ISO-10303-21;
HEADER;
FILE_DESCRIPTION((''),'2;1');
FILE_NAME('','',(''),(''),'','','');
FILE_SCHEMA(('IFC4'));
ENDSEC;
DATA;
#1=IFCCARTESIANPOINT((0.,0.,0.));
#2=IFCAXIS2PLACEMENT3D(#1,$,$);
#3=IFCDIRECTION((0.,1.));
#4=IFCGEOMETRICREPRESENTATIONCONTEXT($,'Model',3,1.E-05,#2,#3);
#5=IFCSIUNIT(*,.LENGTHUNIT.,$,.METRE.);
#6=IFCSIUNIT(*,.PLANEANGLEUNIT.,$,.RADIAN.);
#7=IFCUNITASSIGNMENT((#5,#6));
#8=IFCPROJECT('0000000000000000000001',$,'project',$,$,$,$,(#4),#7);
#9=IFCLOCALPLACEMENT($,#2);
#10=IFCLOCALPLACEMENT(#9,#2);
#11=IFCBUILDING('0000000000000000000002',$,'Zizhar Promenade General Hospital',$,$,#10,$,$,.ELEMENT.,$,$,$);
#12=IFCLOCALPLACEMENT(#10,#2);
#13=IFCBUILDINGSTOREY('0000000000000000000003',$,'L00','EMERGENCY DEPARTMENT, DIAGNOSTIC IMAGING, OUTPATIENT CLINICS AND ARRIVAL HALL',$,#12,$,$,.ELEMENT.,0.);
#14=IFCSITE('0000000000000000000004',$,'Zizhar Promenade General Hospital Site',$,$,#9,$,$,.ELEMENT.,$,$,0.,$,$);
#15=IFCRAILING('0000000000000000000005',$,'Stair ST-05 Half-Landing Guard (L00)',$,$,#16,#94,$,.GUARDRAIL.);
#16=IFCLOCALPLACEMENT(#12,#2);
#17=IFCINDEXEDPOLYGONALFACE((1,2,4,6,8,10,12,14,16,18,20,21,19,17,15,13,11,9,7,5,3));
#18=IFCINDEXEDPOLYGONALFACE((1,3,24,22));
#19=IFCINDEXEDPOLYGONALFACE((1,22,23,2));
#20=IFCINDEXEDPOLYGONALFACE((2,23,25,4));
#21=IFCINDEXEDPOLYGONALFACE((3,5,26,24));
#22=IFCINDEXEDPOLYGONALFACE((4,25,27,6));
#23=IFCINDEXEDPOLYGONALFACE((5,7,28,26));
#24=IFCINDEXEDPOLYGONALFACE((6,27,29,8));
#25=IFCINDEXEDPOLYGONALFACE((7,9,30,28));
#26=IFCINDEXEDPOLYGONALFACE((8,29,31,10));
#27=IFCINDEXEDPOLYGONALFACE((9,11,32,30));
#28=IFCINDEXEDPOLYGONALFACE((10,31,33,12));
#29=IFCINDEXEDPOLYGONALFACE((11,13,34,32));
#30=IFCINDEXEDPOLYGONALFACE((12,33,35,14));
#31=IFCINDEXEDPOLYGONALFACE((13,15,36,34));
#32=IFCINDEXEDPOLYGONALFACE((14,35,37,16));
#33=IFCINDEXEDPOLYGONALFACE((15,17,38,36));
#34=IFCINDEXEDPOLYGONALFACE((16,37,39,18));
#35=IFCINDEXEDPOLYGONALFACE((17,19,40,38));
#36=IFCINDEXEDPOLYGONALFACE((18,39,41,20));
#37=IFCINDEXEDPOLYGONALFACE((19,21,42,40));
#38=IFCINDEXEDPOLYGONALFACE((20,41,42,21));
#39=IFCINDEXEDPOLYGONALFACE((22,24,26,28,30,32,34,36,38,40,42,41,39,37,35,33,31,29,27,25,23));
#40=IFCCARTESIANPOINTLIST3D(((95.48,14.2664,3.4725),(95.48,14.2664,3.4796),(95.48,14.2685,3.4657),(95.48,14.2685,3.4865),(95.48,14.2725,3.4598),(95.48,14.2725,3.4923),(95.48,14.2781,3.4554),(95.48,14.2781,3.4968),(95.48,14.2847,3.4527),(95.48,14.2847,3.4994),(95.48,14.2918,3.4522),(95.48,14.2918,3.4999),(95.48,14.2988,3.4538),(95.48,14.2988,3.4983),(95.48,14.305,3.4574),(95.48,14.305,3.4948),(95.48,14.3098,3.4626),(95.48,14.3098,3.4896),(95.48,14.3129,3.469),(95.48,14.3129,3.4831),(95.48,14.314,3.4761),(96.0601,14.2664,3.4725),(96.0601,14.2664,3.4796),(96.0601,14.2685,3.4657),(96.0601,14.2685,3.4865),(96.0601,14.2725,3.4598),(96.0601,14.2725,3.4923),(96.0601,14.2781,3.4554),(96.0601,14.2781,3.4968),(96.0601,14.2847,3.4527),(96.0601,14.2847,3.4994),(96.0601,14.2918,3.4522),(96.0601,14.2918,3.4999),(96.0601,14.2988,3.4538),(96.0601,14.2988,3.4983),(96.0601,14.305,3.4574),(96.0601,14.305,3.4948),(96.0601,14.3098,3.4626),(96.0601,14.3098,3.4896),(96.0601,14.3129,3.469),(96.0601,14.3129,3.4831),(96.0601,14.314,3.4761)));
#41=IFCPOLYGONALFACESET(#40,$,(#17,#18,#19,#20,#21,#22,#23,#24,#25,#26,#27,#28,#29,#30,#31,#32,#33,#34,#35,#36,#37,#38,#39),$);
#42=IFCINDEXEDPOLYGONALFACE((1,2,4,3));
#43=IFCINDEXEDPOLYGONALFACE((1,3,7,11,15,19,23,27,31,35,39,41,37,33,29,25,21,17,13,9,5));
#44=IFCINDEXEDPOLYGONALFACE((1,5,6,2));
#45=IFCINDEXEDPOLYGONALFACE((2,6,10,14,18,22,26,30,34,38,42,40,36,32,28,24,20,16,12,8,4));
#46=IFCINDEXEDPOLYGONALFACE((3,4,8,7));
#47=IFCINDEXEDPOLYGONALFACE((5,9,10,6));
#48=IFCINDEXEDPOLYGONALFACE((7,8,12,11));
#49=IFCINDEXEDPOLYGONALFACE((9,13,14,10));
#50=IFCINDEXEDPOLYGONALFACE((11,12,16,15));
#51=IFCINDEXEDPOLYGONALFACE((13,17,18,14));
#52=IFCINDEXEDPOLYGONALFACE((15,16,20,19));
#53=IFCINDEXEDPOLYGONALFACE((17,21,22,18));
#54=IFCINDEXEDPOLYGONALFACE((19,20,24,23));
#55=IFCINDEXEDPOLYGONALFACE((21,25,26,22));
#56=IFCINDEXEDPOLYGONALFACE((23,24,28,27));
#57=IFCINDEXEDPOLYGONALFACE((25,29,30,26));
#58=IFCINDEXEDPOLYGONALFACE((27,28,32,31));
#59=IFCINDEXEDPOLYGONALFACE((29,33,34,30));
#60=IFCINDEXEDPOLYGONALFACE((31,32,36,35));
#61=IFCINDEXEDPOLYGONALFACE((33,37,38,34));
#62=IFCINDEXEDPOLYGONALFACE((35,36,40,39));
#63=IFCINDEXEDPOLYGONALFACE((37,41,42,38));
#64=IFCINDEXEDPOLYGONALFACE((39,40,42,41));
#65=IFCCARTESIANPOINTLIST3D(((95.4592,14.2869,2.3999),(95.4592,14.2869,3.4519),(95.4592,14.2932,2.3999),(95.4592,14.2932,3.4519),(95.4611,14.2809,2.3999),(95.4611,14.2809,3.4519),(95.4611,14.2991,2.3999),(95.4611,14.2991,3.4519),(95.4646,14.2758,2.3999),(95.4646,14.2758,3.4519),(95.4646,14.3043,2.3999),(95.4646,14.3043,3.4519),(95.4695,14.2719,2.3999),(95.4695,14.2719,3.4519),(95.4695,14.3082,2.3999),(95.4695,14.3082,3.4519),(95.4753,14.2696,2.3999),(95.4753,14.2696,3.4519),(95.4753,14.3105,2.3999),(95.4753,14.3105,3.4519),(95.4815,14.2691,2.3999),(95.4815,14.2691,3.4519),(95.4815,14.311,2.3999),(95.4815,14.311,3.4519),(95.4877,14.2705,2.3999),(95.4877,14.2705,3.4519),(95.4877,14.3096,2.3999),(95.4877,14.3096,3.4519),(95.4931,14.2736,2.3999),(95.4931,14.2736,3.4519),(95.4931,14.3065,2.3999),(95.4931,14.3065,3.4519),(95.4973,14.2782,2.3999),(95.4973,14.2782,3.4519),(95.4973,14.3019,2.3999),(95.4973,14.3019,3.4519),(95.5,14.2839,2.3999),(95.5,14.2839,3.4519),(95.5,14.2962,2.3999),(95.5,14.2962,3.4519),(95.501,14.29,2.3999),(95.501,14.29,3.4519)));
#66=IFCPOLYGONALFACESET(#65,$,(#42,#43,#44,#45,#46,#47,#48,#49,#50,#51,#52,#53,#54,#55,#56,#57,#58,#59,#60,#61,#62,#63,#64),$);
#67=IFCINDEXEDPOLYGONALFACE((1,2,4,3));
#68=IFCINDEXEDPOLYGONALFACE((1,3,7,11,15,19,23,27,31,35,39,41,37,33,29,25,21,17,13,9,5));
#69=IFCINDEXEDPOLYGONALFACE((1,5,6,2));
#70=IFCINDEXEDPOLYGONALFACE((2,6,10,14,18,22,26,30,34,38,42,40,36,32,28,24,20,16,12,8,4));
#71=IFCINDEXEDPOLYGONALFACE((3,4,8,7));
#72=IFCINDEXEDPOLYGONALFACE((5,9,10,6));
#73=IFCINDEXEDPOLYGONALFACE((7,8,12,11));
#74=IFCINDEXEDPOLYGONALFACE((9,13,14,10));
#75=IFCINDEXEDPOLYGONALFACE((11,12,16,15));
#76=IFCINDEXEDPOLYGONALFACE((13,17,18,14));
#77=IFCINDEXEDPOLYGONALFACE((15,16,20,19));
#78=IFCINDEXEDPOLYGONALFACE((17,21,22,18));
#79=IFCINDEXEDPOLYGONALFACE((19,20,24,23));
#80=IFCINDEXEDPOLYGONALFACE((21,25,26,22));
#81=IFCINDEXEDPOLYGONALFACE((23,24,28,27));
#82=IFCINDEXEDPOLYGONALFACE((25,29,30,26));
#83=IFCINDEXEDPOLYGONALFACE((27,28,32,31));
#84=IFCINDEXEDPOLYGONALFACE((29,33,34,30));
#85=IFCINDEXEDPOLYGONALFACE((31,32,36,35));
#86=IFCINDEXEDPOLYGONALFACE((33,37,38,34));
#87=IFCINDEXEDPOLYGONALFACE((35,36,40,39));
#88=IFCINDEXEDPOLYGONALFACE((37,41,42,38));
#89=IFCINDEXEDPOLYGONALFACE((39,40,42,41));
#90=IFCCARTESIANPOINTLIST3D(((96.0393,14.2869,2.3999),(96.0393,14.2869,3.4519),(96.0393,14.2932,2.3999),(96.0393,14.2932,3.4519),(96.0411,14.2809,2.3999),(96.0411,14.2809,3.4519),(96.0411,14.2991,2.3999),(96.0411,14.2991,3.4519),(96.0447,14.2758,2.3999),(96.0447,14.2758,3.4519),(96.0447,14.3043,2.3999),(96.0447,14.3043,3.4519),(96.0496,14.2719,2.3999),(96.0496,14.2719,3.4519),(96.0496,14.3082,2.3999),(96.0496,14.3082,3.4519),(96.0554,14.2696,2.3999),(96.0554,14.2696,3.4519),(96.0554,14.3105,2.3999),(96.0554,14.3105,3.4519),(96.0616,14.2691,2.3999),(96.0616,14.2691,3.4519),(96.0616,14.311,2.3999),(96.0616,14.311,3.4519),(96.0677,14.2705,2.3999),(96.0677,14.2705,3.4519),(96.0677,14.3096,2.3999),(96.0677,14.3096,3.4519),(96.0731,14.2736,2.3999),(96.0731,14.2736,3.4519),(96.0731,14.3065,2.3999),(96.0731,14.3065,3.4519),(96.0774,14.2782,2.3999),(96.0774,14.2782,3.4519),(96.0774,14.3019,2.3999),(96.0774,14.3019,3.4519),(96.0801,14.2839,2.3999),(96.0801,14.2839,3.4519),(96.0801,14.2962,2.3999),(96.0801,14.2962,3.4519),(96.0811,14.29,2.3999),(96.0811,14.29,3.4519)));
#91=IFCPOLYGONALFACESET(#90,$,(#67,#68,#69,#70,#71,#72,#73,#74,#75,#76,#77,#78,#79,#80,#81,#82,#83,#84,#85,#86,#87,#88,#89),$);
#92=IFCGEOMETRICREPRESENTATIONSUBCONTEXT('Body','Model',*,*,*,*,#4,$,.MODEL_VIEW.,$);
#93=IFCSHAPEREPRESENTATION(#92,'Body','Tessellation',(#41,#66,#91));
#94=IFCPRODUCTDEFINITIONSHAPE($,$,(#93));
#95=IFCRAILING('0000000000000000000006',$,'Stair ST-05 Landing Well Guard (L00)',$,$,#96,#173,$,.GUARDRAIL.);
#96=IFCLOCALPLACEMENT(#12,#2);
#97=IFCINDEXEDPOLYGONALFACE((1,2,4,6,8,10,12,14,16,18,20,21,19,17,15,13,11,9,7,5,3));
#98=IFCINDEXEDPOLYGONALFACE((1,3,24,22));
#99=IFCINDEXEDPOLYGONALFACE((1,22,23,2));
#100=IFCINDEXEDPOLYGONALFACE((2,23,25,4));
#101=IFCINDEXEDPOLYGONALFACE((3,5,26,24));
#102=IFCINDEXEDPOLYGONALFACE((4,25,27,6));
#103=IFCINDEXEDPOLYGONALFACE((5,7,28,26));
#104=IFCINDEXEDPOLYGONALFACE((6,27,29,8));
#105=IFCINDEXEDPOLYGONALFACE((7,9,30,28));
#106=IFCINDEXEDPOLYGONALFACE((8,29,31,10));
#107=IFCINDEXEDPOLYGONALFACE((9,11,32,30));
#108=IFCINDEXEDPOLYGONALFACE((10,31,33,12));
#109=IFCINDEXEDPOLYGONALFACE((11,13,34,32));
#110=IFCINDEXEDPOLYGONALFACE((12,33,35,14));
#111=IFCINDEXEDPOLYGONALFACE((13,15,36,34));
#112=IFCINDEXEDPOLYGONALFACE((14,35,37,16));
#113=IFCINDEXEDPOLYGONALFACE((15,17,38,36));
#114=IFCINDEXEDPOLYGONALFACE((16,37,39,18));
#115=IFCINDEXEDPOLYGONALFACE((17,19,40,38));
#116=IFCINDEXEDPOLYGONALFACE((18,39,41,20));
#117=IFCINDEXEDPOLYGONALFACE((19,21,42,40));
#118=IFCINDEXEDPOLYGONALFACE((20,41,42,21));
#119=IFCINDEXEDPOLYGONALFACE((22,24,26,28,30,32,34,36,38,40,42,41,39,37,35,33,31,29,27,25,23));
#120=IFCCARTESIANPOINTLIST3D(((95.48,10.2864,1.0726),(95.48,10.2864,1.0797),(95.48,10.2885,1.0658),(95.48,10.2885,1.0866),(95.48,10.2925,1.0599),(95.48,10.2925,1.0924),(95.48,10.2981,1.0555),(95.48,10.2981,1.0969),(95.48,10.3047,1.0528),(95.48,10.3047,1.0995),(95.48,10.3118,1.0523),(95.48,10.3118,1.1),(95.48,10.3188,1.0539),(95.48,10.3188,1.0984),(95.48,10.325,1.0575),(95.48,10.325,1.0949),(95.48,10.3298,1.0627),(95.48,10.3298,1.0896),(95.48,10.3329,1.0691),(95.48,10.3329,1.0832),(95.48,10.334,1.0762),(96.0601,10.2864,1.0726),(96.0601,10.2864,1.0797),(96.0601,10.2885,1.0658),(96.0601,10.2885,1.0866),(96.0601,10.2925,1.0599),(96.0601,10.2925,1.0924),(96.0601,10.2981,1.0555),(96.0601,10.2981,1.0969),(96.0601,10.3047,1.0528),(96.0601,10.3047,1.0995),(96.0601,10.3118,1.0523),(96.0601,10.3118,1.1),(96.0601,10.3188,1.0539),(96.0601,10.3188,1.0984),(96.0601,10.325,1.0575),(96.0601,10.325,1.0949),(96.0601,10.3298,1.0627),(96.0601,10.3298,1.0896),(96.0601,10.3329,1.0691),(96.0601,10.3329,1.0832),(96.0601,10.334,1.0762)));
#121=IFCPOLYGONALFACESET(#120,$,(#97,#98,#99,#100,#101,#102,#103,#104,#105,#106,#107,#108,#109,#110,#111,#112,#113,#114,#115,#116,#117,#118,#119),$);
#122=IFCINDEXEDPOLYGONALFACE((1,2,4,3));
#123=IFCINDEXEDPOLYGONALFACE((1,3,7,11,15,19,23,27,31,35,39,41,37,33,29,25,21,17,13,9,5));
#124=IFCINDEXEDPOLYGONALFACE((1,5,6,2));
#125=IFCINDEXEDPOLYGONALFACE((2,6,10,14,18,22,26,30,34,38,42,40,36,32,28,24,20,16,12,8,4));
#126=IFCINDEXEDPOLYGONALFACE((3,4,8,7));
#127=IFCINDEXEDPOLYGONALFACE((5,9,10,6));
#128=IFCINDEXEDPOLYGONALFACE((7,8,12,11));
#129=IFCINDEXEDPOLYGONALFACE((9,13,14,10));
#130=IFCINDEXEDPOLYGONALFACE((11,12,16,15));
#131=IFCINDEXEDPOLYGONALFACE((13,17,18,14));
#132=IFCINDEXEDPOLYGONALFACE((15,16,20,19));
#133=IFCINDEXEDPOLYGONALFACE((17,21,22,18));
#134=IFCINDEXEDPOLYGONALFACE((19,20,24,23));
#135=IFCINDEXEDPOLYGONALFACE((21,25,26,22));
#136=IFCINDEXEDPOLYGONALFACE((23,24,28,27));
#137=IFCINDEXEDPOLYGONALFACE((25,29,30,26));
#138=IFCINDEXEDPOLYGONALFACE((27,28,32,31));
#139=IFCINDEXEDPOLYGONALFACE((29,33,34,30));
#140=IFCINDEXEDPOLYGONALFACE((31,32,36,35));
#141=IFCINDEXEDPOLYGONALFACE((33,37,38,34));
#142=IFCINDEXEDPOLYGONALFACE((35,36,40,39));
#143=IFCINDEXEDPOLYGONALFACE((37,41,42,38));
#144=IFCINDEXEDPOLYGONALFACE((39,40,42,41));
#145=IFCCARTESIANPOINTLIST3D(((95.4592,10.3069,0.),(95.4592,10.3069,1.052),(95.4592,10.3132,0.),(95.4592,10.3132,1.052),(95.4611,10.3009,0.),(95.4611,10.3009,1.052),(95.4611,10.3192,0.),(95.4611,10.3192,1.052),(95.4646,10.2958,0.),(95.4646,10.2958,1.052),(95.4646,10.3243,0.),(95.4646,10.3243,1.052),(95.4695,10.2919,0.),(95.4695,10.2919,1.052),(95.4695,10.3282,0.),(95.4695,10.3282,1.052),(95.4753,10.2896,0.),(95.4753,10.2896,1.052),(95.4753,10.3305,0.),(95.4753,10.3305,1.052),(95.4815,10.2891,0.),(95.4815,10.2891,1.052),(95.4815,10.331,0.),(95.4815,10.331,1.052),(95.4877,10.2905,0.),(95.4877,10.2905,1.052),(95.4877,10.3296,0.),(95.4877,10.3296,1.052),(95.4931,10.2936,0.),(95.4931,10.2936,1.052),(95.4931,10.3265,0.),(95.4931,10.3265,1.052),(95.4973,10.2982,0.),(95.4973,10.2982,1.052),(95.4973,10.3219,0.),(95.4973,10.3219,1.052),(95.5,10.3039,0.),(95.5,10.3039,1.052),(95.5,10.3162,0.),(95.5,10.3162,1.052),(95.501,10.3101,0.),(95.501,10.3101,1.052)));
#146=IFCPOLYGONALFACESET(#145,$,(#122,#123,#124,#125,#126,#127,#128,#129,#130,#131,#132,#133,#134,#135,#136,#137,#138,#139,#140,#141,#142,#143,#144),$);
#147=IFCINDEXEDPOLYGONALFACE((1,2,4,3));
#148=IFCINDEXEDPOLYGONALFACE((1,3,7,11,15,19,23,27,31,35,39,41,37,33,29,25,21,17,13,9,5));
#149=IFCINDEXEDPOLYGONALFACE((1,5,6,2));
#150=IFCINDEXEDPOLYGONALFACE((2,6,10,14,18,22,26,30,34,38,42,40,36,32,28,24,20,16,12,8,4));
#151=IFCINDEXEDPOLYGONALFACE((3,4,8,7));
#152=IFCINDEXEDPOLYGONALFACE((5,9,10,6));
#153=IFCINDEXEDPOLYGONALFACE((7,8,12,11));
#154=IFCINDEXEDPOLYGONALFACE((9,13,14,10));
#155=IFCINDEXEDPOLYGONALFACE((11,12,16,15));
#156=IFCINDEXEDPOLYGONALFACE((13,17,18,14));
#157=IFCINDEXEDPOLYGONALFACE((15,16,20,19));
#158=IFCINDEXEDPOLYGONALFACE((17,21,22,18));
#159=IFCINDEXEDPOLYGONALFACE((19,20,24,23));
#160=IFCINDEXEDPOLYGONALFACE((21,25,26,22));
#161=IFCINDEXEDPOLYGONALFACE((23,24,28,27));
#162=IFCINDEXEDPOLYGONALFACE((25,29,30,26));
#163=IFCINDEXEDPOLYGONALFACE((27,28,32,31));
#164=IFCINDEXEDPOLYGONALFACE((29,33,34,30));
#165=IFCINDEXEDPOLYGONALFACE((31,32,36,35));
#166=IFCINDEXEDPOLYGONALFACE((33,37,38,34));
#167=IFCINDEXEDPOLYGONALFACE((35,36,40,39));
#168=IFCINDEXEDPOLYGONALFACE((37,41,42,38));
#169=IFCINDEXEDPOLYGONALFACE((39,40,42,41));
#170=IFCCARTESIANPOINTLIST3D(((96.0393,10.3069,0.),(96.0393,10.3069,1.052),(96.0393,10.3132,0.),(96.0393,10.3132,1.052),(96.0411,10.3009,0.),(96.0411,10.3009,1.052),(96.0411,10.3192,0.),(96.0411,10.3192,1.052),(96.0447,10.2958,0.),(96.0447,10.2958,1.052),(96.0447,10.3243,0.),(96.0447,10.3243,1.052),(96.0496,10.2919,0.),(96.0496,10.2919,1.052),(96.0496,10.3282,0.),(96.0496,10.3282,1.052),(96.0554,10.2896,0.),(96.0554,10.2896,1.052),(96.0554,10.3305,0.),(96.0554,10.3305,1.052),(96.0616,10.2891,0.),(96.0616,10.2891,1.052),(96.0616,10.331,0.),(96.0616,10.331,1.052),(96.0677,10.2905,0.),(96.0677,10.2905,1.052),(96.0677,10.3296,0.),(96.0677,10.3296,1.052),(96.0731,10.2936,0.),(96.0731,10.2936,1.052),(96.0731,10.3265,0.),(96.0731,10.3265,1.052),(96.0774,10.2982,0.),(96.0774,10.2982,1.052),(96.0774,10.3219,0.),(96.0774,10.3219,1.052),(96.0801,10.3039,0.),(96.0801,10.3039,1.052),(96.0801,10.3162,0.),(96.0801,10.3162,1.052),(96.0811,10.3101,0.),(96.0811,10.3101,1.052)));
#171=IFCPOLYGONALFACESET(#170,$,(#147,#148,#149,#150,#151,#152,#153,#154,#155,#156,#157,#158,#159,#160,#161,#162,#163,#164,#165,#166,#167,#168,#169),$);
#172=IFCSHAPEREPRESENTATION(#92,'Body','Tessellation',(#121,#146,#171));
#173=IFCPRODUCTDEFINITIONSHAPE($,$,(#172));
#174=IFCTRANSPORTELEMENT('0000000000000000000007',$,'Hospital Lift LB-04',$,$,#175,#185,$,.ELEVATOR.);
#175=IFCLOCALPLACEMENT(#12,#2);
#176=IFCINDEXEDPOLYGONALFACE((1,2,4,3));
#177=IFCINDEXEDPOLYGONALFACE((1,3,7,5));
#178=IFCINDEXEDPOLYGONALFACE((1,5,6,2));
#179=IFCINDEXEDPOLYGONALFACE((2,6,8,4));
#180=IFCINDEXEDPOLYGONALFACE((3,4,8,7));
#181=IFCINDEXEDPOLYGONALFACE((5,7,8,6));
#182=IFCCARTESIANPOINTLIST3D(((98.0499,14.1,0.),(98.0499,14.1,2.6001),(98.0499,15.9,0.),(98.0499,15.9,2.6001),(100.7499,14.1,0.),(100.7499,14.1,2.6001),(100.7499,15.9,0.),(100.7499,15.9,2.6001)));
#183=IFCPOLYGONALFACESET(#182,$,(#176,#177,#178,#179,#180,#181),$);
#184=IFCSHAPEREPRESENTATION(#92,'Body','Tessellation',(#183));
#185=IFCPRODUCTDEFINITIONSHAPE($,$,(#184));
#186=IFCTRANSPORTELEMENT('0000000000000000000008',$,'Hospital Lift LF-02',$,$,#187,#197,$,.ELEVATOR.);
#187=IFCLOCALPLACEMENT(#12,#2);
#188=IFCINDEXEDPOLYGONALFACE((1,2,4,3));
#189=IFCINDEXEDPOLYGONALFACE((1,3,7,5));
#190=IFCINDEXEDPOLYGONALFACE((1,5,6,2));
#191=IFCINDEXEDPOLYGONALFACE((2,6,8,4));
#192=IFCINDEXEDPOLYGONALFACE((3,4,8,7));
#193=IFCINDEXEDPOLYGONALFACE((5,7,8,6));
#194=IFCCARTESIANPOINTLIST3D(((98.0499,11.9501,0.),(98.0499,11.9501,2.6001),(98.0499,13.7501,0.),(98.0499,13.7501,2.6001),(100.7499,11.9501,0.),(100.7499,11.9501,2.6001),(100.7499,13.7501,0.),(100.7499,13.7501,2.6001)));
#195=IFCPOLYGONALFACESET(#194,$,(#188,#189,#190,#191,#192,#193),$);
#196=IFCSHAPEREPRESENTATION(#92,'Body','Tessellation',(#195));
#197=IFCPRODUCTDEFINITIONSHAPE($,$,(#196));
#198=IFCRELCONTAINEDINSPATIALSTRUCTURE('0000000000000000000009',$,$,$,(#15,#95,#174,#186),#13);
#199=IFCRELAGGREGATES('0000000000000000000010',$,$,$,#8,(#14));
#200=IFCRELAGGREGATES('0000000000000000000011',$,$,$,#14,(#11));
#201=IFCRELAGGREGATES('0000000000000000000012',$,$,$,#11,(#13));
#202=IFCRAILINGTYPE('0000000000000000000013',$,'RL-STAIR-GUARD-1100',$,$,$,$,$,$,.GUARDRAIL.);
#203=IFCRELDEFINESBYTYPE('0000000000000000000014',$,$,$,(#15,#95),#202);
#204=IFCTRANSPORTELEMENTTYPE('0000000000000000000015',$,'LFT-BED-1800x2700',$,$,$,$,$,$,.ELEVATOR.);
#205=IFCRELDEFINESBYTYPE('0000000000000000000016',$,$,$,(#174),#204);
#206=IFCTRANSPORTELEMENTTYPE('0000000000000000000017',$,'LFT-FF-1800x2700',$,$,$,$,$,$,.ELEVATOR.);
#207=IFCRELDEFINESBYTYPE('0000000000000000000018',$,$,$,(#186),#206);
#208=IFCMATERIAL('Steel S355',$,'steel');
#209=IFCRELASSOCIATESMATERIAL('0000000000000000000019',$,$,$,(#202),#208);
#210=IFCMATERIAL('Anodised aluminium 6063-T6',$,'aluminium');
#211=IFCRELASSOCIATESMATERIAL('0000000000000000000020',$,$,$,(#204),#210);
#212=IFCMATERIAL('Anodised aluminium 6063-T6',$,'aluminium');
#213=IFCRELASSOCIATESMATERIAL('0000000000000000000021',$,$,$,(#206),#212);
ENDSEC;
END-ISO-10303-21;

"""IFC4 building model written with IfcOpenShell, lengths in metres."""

from ifc_helpers import new_model, si_unit, direction, frame, origin, origin_2d, place, context, subcontext, project, spatial, rectangle, circle, hollow_circle, extrude, material, material_profile, profile_set, type_object, element, save


model = new_model("IFC4")

# Units and contexts
model_context = context("Model", 3, precision=1e-05, world=origin(), true_north=direction((0.0, 1.0)))
body_context = subcontext(model_context, "Body", "Model", "MODEL_VIEW")
ifc_project = project(units=[si_unit("LENGTHUNIT", "METRE"), si_unit("PLANEANGLEUNIT", "RADIAN")], contexts=[model_context])

# Site, building, storey
site_placement = place(None, origin())
site = spatial("IfcSite", under=ifc_project, at=site_placement, Name="Zizhar Promenade General Hospital Site", CompositionType="ELEMENT", RefElevation=0.0)
building_placement = place(site_placement, origin())
building = spatial("IfcBuilding", under=site, at=building_placement, Name="Zizhar Promenade General Hospital", CompositionType="ELEMENT")
storey_placement = place(building_placement, origin())
storey = spatial("IfcBuildingStorey", under=building, at=storey_placement, Name="L00", Description="EMERGENCY DEPARTMENT, DIAGNOSTIC IMAGING, OUTPATIENT CLINICS AND ARRIVAL HALL", CompositionType="ELEMENT", Elevation=0.0)

# Railings
ifc_material_1 = material(Name="Steel S355", Category="steel")
ifc_material_profile_1 = material_profile(ifc_material_1, hollow_circle(Radius=0.0698, WallThickness=0.0063, at=origin_2d()))
ifc_profile_set_1 = profile_set([ifc_material_profile_1], Name="Steel S355")
railing_type_1 = type_object("IfcRailingType", Name="RL-STAIR-GUARD-1100", PredefinedType="GUARDRAIL", material=ifc_profile_set_1)
for number, where, name in (
    (1, (95.48, 14.29, 2.3999), "Stair ST-05 Half-Landing Guard (L00)"),
    (2, (95.48, 10.3101, 0.0), "Stair ST-05 Landing Well Guard (L00)"),
):
    element("IfcRailing", number, at=place(storey_placement, frame(where)), inside=storey, type_object=railing_type_1, Name=name, PredefinedType="GUARDRAIL", context=body_context, shape_type="SweptSolid", body=[
        extrude(circle(Radius=0.0239, at=origin_2d()), frame((0.0, 0.0, 1.0762), z_axis=(1.0, 0.0, 0.0), x_axis=(0.0, 1.0, 0.0)), (0.0, 0.0, 1.0), 0.5801),
        extrude(circle(Radius=0.021, at=origin_2d()), origin(), (0.0, 0.0, 1.0), 1.052),
        extrude(circle(Radius=0.021, at=origin_2d()), frame((0.5801, 0.0, 0.0)), (0.0, 0.0, 1.0), 1.052),
    ])

# Transport elements
ifc_material_2 = material(Name="Anodised aluminium 6063-T6", Category="aluminium")
transport_element_type_1 = type_object("IfcTransportElementType", Name="LFT-BED-1800x2700", PredefinedType="ELEVATOR", material=ifc_material_2)
transport_element_1_placement = place(storey_placement, frame((99.3999, 15.0, 0.0), z_axis=(0.0, 0.0, 1.0), x_axis=(1.0, 0.0, 0.0)))
element("IfcTransportElement", 3, at=transport_element_1_placement, inside=storey, type_object=transport_element_type_1, Name="Hospital Lift LB-04", PredefinedType="ELEVATOR", context=body_context, shape_type="SweptSolid", body=[
    extrude(rectangle(XDim=2.7, YDim=1.8, at=origin_2d()), origin(), (0.0, 0.0, 1.0), 2.6001),
])
ifc_material_3 = material(Name="Anodised aluminium 6063-T6", Category="aluminium")
transport_element_type_2 = type_object("IfcTransportElementType", Name="LFT-FF-1800x2700", PredefinedType="ELEVATOR", material=ifc_material_3)
transport_element_2_placement = place(storey_placement, frame((99.3999, 12.8501, 0.0), z_axis=(0.0, 0.0, 1.0), x_axis=(1.0, 0.0, 0.0)))
element("IfcTransportElement", 4, at=transport_element_2_placement, inside=storey, type_object=transport_element_type_2, Name="Hospital Lift LF-02", PredefinedType="ELEVATOR", context=body_context, shape_type="SweptSolid", body=[
    extrude(rectangle(XDim=2.7, YDim=1.8, at=origin_2d()), origin(), (0.0, 0.0, 1.0), 2.6001),
])

save(model, "model.ifc")
